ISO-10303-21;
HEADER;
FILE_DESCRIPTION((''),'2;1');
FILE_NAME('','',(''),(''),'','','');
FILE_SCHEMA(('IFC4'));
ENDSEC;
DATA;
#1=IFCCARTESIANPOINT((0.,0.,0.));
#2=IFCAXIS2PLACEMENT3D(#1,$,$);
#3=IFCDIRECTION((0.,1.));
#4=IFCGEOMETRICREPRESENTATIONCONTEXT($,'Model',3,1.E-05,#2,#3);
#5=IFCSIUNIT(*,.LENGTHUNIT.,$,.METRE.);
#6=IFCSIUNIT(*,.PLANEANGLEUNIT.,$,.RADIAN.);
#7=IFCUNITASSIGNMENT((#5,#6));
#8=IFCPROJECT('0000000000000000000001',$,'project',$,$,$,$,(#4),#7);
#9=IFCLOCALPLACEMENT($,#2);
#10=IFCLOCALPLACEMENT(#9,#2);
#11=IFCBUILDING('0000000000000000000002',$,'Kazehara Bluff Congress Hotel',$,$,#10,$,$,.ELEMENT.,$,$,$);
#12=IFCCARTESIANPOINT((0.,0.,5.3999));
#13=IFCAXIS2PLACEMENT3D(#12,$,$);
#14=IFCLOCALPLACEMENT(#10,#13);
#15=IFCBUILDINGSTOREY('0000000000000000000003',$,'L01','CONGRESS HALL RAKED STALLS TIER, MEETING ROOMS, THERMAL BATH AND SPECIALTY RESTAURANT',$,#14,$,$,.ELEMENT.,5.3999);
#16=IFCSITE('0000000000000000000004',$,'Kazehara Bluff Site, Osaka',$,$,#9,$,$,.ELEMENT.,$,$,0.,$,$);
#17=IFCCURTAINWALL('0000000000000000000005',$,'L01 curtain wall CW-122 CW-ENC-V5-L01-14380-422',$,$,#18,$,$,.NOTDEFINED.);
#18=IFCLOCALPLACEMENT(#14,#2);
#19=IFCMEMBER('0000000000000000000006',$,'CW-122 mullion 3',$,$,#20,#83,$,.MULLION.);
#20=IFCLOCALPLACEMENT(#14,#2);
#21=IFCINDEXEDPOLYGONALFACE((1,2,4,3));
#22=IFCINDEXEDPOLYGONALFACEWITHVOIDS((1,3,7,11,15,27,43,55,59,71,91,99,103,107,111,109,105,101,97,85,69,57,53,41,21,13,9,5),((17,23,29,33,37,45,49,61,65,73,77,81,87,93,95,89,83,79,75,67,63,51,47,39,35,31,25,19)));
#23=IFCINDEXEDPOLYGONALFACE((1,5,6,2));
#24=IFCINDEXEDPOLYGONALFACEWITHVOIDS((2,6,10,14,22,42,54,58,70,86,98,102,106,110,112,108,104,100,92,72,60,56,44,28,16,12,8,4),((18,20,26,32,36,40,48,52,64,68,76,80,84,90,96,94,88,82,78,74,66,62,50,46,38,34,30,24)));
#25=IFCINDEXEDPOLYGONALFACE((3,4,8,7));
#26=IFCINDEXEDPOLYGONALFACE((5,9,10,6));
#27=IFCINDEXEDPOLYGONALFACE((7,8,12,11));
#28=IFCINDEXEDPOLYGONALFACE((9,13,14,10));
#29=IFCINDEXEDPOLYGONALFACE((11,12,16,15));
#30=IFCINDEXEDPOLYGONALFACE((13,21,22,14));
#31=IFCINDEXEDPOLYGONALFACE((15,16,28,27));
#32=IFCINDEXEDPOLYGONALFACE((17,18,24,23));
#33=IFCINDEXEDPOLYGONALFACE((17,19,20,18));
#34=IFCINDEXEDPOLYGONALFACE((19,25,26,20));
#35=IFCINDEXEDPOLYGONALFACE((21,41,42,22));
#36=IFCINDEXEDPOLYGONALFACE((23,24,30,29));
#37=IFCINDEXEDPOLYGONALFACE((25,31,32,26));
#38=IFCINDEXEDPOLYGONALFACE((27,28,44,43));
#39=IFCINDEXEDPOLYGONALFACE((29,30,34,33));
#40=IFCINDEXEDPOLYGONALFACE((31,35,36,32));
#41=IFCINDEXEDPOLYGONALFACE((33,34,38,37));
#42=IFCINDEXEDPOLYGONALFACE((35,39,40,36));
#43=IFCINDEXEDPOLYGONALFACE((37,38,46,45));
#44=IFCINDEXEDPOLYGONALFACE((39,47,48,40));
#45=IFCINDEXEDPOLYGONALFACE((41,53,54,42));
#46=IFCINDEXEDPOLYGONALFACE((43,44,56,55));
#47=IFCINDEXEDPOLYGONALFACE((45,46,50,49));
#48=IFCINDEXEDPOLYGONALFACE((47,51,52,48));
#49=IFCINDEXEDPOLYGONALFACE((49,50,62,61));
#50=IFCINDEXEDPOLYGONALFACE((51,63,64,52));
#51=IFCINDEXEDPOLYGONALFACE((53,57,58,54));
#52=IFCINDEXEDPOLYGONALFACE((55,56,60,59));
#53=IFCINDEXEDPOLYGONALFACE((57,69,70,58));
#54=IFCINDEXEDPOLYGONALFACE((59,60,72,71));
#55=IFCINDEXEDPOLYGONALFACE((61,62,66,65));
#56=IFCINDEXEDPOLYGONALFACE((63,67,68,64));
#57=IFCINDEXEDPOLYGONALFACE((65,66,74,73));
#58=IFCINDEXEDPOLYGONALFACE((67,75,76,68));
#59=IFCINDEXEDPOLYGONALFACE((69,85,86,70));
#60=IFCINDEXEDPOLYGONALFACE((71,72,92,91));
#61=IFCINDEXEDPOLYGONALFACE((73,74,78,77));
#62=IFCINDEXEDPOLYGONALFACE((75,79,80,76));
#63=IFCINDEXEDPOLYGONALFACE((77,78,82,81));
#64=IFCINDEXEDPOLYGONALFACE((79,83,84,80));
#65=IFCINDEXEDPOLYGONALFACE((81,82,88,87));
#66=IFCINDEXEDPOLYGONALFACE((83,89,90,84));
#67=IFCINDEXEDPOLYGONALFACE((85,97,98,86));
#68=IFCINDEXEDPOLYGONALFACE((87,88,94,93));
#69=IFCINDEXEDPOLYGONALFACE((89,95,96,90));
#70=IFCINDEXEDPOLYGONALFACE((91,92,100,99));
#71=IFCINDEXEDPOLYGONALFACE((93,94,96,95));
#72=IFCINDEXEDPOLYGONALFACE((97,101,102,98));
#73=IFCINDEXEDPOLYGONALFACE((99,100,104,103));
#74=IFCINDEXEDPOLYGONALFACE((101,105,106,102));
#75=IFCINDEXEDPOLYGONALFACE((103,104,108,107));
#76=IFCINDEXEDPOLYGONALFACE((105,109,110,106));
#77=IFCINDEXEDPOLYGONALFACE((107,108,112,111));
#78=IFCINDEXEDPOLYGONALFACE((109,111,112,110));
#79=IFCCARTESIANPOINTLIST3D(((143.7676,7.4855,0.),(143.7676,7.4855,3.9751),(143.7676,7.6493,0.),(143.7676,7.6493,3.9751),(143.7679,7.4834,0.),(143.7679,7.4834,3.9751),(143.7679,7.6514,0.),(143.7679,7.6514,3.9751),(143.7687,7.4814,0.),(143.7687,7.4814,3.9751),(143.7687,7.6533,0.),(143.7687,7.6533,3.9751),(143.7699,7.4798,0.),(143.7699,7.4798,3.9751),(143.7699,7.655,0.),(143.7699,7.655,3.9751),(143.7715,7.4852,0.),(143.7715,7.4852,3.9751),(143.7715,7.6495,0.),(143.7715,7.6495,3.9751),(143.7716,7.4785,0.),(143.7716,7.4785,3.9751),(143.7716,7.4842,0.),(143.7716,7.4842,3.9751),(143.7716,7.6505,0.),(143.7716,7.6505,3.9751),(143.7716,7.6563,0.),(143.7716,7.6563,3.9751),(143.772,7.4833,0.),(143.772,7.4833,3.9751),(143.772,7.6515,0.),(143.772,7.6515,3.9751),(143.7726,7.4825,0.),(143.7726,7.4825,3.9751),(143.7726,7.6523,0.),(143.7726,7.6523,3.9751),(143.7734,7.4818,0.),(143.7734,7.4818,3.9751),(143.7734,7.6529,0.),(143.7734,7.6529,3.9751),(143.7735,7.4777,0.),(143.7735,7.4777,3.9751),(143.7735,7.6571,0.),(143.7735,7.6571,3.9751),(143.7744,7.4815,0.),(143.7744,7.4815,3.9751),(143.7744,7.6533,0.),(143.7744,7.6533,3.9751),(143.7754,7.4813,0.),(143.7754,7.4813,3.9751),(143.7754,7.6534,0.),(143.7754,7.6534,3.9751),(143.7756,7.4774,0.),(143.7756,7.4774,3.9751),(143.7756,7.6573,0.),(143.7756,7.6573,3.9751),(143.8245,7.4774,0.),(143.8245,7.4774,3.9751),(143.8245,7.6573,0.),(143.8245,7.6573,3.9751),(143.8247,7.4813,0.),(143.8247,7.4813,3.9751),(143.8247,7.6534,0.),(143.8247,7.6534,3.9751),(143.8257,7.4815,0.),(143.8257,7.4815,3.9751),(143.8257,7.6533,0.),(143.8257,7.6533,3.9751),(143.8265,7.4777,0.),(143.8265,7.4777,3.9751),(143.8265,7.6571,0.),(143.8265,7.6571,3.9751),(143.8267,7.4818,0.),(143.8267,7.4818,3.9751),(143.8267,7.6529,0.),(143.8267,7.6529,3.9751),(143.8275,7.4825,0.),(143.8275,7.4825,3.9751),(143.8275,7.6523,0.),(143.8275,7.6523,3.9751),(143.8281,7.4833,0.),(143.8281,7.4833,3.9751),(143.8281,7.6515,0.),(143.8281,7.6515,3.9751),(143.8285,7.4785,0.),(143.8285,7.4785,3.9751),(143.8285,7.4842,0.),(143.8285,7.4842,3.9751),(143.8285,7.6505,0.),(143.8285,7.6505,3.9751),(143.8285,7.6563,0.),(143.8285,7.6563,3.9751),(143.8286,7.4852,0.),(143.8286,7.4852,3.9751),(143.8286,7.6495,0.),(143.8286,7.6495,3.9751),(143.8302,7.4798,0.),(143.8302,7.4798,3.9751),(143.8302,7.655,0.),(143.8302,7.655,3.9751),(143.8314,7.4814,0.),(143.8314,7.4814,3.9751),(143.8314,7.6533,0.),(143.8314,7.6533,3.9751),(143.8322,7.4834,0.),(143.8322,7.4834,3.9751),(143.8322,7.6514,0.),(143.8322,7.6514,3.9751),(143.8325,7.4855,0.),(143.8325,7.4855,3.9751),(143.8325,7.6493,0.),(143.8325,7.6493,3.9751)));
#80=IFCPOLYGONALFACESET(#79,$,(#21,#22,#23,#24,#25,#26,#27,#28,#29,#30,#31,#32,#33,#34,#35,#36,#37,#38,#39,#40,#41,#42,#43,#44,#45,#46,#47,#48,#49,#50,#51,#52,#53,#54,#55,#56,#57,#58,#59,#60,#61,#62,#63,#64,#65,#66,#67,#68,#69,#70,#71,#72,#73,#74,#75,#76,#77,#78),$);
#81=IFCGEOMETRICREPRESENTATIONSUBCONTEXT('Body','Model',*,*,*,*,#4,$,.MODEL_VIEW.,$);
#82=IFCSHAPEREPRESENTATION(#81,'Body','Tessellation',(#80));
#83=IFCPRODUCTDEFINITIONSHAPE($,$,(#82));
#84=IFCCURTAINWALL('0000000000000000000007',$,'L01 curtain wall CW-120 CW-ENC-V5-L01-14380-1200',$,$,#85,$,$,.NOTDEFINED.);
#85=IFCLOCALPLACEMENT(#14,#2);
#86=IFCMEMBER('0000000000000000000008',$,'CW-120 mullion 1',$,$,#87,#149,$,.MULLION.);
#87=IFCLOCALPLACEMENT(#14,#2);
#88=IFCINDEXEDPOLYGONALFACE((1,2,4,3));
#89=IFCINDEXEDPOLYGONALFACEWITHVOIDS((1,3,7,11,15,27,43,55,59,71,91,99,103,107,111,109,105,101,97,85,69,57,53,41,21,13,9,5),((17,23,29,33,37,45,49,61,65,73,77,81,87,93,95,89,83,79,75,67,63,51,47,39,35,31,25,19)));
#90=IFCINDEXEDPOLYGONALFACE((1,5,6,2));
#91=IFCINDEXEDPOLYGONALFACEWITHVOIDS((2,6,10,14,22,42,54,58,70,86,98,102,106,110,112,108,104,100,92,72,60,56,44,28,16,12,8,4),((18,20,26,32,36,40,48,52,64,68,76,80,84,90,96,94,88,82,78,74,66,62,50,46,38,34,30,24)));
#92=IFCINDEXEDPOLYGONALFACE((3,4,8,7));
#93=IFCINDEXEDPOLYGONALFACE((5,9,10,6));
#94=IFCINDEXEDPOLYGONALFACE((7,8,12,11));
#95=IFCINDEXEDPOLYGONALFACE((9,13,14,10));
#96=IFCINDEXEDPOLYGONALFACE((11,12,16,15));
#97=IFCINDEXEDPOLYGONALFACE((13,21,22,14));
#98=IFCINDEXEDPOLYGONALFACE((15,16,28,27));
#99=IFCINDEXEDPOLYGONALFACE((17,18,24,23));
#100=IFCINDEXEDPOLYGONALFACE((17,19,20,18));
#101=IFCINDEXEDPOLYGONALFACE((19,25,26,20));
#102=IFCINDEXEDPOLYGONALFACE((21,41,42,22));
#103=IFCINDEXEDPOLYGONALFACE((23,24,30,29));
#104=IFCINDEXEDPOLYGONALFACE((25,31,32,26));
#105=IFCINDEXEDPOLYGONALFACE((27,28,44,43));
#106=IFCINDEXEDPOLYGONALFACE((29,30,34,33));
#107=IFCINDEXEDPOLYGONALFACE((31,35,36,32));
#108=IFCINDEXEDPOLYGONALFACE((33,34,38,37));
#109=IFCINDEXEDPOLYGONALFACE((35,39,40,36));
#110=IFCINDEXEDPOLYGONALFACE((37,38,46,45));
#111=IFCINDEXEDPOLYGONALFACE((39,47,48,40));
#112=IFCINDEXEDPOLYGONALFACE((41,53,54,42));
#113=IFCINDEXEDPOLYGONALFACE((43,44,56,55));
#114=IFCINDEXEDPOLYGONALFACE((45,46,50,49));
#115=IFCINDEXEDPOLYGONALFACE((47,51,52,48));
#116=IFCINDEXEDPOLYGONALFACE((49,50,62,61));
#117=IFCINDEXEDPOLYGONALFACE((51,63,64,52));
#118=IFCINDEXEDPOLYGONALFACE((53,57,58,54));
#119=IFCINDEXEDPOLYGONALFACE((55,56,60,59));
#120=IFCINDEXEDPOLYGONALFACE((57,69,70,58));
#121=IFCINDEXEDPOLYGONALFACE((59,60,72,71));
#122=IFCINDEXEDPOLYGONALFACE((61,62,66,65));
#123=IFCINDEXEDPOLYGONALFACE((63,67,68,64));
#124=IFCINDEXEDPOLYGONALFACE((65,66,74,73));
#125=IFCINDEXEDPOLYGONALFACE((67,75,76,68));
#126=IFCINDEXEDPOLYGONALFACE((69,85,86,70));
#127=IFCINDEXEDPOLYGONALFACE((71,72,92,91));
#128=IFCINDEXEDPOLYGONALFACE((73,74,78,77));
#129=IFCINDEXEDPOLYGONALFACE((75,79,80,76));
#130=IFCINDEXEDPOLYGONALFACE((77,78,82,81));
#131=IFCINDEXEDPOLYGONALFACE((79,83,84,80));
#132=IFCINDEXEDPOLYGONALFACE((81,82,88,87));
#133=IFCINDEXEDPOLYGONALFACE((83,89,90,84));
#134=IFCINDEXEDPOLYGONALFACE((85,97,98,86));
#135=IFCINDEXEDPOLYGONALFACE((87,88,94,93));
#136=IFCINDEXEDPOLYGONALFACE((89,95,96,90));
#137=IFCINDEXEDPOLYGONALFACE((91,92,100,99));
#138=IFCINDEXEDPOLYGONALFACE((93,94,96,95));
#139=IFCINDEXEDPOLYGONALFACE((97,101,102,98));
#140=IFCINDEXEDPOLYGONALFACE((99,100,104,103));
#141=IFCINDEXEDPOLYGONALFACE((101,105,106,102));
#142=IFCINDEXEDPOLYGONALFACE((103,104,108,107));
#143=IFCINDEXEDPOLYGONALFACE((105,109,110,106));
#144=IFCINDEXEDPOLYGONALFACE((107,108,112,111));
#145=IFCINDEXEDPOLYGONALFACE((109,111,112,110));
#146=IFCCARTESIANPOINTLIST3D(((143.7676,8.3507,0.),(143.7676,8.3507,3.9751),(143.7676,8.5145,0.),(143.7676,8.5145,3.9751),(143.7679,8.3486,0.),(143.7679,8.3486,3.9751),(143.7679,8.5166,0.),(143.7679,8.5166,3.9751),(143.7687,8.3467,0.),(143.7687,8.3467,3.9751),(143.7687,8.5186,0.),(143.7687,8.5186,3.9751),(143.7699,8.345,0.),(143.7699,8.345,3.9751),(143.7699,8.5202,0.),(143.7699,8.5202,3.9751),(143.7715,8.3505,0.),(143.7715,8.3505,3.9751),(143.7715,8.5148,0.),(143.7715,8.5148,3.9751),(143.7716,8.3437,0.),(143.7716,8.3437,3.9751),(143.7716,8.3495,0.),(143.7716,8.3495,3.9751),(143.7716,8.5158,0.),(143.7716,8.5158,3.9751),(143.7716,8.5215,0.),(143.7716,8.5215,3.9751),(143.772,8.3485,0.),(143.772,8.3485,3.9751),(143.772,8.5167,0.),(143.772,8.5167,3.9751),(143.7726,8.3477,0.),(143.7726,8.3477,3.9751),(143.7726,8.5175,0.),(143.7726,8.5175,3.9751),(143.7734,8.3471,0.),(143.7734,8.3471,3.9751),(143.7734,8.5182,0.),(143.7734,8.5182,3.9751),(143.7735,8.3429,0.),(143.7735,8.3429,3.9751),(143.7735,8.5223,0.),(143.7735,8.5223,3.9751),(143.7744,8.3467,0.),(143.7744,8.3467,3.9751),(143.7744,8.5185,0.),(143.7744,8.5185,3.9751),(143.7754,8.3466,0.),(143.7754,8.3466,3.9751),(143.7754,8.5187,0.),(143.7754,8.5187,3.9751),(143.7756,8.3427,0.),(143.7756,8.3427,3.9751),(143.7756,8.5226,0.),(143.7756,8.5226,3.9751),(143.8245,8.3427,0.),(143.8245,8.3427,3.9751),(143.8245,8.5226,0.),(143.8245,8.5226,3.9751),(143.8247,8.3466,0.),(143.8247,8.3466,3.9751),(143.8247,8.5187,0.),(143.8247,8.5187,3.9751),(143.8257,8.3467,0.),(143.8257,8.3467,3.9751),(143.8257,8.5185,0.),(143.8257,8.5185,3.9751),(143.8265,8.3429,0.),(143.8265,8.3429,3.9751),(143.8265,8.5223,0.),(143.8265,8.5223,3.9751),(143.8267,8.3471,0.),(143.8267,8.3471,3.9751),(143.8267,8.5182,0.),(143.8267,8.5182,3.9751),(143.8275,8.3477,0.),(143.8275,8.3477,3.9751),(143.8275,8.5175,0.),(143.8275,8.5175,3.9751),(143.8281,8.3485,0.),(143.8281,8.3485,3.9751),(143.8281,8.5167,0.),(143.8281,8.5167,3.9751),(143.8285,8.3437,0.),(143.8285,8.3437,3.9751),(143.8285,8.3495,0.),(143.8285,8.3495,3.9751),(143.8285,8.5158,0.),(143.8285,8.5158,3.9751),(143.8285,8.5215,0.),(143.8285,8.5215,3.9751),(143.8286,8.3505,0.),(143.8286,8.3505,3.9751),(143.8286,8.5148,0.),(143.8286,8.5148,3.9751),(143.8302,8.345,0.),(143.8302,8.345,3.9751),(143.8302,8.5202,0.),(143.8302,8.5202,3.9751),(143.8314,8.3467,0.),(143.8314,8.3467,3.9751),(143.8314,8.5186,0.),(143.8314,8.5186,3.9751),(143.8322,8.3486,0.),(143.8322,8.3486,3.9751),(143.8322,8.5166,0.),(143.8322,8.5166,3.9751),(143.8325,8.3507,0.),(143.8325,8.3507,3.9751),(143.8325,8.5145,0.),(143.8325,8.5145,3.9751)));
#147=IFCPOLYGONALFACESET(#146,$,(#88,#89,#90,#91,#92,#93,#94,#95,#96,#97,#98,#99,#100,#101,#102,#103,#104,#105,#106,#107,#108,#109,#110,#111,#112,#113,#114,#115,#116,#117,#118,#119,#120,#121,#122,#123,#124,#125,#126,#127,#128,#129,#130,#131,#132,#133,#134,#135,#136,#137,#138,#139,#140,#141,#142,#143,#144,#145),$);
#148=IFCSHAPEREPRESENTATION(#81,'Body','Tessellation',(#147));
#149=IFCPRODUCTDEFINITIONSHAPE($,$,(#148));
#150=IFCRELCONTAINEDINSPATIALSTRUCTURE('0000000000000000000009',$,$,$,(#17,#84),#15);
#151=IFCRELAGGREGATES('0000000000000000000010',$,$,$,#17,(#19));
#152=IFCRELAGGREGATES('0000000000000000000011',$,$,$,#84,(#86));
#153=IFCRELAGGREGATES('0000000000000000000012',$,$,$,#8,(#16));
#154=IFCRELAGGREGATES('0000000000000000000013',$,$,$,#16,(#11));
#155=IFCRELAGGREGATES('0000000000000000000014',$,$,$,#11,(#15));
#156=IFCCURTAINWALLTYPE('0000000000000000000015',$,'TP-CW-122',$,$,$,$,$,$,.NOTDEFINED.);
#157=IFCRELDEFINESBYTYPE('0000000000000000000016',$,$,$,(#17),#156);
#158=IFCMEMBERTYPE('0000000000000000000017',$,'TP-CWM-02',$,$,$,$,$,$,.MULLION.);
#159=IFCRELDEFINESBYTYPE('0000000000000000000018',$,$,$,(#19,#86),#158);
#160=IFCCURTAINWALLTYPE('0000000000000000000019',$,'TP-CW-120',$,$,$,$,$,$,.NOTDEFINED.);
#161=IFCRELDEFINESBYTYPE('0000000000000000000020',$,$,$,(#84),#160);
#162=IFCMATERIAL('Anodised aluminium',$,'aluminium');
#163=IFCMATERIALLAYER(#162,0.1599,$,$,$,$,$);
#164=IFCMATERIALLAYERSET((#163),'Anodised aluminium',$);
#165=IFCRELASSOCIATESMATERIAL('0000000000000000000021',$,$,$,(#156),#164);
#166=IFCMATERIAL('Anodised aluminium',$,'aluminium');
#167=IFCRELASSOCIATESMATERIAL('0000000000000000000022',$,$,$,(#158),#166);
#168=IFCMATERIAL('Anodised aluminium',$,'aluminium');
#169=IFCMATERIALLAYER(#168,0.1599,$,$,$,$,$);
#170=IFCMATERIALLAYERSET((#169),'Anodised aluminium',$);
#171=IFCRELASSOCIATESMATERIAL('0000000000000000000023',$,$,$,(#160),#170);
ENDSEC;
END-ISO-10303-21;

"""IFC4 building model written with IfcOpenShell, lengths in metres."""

from ifc_helpers import new_model, si_unit, direction, frame, origin, origin_2d, place, context, subcontext, project, spatial, hollow_rectangle, extrude, material, layer, layer_set, material_profile, profile_set, type_object, element, aggregate, save


model = new_model("IFC4")

# Units and contexts
model_context = context("Model", 3, precision=1e-05, world=origin(), true_north=direction((0.0, 1.0)))
body_context = subcontext(model_context, "Body", "Model", "MODEL_VIEW")
ifc_project = project(units=[si_unit("LENGTHUNIT", "METRE"), si_unit("PLANEANGLEUNIT", "RADIAN")], contexts=[model_context])

# Site, building, storey
site_placement = place(None, origin())
site = spatial("IfcSite", under=ifc_project, at=site_placement, Name="Kazehara Bluff Site, Osaka", CompositionType="ELEMENT", RefElevation=0.0)
building_placement = place(site_placement, origin())
building = spatial("IfcBuilding", under=site, at=building_placement, Name="Kazehara Bluff Congress Hotel", CompositionType="ELEMENT")
storey_placement = place(building_placement, frame((0.0, 0.0, 5.3999)))
storey = spatial("IfcBuildingStorey", under=building, at=storey_placement, Name="L01", Description="CONGRESS HALL RAKED STALLS TIER, MEETING ROOMS, THERMAL BATH AND SPECIALTY RESTAURANT", CompositionType="ELEMENT", Elevation=5.3999)

# Curtain walls, members
ifc_material_1 = material(Name="Anodised aluminium", Category="aluminium")
ifc_layer_1 = layer(ifc_material_1, 0.1599)
ifc_layer_set_1 = layer_set([ifc_layer_1], Name="Anodised aluminium")
curtain_wall_type_1 = type_object("IfcCurtainWallType", Name="TP-CW-122", PredefinedType="NOTDEFINED", material=ifc_layer_set_1)
curtain_wall_1_placement = place(storey_placement, origin())
curtain_wall_1 = element("IfcCurtainWall", 1, at=curtain_wall_1_placement, inside=storey, type_object=curtain_wall_type_1, Name="L01 curtain wall CW-122 CW-ENC-V5-L01-14380-422", PredefinedType="NOTDEFINED")
ifc_material_2 = material(Name="Anodised aluminium", Category="aluminium")
ifc_material_profile_1 = material_profile(ifc_material_2, hollow_rectangle(XDim=0.0649, YDim=0.1799, WallThickness=0.0039, InnerFilletRadius=0.0039, OuterFilletRadius=0.0081, at=origin_2d()))
ifc_profile_set_1 = profile_set([ifc_material_profile_1], Name="Anodised aluminium")
member_type_1 = type_object("IfcMemberType", Name="TP-CWM-02", PredefinedType="MULLION", material=ifc_profile_set_1)
member_1_placement = place(storey_placement, frame((143.8, 7.5674, 0.0), z_axis=(0.0, 0.0, 1.0), x_axis=(-1.0, 0.0, 0.0)))
member_1 = element("IfcMember", 2, at=member_1_placement, type_object=member_type_1, Name="CW-122 mullion 3", PredefinedType="MULLION", context=body_context, shape_type="SweptSolid", body=[
    extrude(hollow_rectangle(XDim=0.0649, YDim=0.1799, WallThickness=0.0039, InnerFilletRadius=0.0039, OuterFilletRadius=0.0081, at=origin_2d()), origin(), (0.0, 0.0, 1.0), 3.9751),
])
ifc_material_3 = material(Name="Anodised aluminium", Category="aluminium")
ifc_layer_2 = layer(ifc_material_3, 0.1599)
ifc_layer_set_2 = layer_set([ifc_layer_2], Name="Anodised aluminium")
curtain_wall_type_2 = type_object("IfcCurtainWallType", Name="TP-CW-120", PredefinedType="NOTDEFINED", material=ifc_layer_set_2)
curtain_wall_2_placement = place(storey_placement, origin())
curtain_wall_2 = element("IfcCurtainWall", 3, at=curtain_wall_2_placement, inside=storey, type_object=curtain_wall_type_2, Name="L01 curtain wall CW-120 CW-ENC-V5-L01-14380-1200", PredefinedType="NOTDEFINED")
member_2_placement = place(storey_placement, frame((143.8, 8.4326, 0.0), z_axis=(0.0, 0.0, 1.0), x_axis=(-1.0, 0.0, 0.0)))
member_2 = element("IfcMember", 4, at=member_2_placement, type_object=member_type_1, Name="CW-120 mullion 1", PredefinedType="MULLION", context=body_context, shape_type="SweptSolid", body=[
    extrude(hollow_rectangle(XDim=0.0649, YDim=0.1799, WallThickness=0.0039, InnerFilletRadius=0.0039, OuterFilletRadius=0.0081, at=origin_2d()), origin(), (0.0, 0.0, 1.0), 3.9751),
])

aggregate(curtain_wall_1, [member_1])
aggregate(curtain_wall_2, [member_2])

save(model, "model.ifc")
